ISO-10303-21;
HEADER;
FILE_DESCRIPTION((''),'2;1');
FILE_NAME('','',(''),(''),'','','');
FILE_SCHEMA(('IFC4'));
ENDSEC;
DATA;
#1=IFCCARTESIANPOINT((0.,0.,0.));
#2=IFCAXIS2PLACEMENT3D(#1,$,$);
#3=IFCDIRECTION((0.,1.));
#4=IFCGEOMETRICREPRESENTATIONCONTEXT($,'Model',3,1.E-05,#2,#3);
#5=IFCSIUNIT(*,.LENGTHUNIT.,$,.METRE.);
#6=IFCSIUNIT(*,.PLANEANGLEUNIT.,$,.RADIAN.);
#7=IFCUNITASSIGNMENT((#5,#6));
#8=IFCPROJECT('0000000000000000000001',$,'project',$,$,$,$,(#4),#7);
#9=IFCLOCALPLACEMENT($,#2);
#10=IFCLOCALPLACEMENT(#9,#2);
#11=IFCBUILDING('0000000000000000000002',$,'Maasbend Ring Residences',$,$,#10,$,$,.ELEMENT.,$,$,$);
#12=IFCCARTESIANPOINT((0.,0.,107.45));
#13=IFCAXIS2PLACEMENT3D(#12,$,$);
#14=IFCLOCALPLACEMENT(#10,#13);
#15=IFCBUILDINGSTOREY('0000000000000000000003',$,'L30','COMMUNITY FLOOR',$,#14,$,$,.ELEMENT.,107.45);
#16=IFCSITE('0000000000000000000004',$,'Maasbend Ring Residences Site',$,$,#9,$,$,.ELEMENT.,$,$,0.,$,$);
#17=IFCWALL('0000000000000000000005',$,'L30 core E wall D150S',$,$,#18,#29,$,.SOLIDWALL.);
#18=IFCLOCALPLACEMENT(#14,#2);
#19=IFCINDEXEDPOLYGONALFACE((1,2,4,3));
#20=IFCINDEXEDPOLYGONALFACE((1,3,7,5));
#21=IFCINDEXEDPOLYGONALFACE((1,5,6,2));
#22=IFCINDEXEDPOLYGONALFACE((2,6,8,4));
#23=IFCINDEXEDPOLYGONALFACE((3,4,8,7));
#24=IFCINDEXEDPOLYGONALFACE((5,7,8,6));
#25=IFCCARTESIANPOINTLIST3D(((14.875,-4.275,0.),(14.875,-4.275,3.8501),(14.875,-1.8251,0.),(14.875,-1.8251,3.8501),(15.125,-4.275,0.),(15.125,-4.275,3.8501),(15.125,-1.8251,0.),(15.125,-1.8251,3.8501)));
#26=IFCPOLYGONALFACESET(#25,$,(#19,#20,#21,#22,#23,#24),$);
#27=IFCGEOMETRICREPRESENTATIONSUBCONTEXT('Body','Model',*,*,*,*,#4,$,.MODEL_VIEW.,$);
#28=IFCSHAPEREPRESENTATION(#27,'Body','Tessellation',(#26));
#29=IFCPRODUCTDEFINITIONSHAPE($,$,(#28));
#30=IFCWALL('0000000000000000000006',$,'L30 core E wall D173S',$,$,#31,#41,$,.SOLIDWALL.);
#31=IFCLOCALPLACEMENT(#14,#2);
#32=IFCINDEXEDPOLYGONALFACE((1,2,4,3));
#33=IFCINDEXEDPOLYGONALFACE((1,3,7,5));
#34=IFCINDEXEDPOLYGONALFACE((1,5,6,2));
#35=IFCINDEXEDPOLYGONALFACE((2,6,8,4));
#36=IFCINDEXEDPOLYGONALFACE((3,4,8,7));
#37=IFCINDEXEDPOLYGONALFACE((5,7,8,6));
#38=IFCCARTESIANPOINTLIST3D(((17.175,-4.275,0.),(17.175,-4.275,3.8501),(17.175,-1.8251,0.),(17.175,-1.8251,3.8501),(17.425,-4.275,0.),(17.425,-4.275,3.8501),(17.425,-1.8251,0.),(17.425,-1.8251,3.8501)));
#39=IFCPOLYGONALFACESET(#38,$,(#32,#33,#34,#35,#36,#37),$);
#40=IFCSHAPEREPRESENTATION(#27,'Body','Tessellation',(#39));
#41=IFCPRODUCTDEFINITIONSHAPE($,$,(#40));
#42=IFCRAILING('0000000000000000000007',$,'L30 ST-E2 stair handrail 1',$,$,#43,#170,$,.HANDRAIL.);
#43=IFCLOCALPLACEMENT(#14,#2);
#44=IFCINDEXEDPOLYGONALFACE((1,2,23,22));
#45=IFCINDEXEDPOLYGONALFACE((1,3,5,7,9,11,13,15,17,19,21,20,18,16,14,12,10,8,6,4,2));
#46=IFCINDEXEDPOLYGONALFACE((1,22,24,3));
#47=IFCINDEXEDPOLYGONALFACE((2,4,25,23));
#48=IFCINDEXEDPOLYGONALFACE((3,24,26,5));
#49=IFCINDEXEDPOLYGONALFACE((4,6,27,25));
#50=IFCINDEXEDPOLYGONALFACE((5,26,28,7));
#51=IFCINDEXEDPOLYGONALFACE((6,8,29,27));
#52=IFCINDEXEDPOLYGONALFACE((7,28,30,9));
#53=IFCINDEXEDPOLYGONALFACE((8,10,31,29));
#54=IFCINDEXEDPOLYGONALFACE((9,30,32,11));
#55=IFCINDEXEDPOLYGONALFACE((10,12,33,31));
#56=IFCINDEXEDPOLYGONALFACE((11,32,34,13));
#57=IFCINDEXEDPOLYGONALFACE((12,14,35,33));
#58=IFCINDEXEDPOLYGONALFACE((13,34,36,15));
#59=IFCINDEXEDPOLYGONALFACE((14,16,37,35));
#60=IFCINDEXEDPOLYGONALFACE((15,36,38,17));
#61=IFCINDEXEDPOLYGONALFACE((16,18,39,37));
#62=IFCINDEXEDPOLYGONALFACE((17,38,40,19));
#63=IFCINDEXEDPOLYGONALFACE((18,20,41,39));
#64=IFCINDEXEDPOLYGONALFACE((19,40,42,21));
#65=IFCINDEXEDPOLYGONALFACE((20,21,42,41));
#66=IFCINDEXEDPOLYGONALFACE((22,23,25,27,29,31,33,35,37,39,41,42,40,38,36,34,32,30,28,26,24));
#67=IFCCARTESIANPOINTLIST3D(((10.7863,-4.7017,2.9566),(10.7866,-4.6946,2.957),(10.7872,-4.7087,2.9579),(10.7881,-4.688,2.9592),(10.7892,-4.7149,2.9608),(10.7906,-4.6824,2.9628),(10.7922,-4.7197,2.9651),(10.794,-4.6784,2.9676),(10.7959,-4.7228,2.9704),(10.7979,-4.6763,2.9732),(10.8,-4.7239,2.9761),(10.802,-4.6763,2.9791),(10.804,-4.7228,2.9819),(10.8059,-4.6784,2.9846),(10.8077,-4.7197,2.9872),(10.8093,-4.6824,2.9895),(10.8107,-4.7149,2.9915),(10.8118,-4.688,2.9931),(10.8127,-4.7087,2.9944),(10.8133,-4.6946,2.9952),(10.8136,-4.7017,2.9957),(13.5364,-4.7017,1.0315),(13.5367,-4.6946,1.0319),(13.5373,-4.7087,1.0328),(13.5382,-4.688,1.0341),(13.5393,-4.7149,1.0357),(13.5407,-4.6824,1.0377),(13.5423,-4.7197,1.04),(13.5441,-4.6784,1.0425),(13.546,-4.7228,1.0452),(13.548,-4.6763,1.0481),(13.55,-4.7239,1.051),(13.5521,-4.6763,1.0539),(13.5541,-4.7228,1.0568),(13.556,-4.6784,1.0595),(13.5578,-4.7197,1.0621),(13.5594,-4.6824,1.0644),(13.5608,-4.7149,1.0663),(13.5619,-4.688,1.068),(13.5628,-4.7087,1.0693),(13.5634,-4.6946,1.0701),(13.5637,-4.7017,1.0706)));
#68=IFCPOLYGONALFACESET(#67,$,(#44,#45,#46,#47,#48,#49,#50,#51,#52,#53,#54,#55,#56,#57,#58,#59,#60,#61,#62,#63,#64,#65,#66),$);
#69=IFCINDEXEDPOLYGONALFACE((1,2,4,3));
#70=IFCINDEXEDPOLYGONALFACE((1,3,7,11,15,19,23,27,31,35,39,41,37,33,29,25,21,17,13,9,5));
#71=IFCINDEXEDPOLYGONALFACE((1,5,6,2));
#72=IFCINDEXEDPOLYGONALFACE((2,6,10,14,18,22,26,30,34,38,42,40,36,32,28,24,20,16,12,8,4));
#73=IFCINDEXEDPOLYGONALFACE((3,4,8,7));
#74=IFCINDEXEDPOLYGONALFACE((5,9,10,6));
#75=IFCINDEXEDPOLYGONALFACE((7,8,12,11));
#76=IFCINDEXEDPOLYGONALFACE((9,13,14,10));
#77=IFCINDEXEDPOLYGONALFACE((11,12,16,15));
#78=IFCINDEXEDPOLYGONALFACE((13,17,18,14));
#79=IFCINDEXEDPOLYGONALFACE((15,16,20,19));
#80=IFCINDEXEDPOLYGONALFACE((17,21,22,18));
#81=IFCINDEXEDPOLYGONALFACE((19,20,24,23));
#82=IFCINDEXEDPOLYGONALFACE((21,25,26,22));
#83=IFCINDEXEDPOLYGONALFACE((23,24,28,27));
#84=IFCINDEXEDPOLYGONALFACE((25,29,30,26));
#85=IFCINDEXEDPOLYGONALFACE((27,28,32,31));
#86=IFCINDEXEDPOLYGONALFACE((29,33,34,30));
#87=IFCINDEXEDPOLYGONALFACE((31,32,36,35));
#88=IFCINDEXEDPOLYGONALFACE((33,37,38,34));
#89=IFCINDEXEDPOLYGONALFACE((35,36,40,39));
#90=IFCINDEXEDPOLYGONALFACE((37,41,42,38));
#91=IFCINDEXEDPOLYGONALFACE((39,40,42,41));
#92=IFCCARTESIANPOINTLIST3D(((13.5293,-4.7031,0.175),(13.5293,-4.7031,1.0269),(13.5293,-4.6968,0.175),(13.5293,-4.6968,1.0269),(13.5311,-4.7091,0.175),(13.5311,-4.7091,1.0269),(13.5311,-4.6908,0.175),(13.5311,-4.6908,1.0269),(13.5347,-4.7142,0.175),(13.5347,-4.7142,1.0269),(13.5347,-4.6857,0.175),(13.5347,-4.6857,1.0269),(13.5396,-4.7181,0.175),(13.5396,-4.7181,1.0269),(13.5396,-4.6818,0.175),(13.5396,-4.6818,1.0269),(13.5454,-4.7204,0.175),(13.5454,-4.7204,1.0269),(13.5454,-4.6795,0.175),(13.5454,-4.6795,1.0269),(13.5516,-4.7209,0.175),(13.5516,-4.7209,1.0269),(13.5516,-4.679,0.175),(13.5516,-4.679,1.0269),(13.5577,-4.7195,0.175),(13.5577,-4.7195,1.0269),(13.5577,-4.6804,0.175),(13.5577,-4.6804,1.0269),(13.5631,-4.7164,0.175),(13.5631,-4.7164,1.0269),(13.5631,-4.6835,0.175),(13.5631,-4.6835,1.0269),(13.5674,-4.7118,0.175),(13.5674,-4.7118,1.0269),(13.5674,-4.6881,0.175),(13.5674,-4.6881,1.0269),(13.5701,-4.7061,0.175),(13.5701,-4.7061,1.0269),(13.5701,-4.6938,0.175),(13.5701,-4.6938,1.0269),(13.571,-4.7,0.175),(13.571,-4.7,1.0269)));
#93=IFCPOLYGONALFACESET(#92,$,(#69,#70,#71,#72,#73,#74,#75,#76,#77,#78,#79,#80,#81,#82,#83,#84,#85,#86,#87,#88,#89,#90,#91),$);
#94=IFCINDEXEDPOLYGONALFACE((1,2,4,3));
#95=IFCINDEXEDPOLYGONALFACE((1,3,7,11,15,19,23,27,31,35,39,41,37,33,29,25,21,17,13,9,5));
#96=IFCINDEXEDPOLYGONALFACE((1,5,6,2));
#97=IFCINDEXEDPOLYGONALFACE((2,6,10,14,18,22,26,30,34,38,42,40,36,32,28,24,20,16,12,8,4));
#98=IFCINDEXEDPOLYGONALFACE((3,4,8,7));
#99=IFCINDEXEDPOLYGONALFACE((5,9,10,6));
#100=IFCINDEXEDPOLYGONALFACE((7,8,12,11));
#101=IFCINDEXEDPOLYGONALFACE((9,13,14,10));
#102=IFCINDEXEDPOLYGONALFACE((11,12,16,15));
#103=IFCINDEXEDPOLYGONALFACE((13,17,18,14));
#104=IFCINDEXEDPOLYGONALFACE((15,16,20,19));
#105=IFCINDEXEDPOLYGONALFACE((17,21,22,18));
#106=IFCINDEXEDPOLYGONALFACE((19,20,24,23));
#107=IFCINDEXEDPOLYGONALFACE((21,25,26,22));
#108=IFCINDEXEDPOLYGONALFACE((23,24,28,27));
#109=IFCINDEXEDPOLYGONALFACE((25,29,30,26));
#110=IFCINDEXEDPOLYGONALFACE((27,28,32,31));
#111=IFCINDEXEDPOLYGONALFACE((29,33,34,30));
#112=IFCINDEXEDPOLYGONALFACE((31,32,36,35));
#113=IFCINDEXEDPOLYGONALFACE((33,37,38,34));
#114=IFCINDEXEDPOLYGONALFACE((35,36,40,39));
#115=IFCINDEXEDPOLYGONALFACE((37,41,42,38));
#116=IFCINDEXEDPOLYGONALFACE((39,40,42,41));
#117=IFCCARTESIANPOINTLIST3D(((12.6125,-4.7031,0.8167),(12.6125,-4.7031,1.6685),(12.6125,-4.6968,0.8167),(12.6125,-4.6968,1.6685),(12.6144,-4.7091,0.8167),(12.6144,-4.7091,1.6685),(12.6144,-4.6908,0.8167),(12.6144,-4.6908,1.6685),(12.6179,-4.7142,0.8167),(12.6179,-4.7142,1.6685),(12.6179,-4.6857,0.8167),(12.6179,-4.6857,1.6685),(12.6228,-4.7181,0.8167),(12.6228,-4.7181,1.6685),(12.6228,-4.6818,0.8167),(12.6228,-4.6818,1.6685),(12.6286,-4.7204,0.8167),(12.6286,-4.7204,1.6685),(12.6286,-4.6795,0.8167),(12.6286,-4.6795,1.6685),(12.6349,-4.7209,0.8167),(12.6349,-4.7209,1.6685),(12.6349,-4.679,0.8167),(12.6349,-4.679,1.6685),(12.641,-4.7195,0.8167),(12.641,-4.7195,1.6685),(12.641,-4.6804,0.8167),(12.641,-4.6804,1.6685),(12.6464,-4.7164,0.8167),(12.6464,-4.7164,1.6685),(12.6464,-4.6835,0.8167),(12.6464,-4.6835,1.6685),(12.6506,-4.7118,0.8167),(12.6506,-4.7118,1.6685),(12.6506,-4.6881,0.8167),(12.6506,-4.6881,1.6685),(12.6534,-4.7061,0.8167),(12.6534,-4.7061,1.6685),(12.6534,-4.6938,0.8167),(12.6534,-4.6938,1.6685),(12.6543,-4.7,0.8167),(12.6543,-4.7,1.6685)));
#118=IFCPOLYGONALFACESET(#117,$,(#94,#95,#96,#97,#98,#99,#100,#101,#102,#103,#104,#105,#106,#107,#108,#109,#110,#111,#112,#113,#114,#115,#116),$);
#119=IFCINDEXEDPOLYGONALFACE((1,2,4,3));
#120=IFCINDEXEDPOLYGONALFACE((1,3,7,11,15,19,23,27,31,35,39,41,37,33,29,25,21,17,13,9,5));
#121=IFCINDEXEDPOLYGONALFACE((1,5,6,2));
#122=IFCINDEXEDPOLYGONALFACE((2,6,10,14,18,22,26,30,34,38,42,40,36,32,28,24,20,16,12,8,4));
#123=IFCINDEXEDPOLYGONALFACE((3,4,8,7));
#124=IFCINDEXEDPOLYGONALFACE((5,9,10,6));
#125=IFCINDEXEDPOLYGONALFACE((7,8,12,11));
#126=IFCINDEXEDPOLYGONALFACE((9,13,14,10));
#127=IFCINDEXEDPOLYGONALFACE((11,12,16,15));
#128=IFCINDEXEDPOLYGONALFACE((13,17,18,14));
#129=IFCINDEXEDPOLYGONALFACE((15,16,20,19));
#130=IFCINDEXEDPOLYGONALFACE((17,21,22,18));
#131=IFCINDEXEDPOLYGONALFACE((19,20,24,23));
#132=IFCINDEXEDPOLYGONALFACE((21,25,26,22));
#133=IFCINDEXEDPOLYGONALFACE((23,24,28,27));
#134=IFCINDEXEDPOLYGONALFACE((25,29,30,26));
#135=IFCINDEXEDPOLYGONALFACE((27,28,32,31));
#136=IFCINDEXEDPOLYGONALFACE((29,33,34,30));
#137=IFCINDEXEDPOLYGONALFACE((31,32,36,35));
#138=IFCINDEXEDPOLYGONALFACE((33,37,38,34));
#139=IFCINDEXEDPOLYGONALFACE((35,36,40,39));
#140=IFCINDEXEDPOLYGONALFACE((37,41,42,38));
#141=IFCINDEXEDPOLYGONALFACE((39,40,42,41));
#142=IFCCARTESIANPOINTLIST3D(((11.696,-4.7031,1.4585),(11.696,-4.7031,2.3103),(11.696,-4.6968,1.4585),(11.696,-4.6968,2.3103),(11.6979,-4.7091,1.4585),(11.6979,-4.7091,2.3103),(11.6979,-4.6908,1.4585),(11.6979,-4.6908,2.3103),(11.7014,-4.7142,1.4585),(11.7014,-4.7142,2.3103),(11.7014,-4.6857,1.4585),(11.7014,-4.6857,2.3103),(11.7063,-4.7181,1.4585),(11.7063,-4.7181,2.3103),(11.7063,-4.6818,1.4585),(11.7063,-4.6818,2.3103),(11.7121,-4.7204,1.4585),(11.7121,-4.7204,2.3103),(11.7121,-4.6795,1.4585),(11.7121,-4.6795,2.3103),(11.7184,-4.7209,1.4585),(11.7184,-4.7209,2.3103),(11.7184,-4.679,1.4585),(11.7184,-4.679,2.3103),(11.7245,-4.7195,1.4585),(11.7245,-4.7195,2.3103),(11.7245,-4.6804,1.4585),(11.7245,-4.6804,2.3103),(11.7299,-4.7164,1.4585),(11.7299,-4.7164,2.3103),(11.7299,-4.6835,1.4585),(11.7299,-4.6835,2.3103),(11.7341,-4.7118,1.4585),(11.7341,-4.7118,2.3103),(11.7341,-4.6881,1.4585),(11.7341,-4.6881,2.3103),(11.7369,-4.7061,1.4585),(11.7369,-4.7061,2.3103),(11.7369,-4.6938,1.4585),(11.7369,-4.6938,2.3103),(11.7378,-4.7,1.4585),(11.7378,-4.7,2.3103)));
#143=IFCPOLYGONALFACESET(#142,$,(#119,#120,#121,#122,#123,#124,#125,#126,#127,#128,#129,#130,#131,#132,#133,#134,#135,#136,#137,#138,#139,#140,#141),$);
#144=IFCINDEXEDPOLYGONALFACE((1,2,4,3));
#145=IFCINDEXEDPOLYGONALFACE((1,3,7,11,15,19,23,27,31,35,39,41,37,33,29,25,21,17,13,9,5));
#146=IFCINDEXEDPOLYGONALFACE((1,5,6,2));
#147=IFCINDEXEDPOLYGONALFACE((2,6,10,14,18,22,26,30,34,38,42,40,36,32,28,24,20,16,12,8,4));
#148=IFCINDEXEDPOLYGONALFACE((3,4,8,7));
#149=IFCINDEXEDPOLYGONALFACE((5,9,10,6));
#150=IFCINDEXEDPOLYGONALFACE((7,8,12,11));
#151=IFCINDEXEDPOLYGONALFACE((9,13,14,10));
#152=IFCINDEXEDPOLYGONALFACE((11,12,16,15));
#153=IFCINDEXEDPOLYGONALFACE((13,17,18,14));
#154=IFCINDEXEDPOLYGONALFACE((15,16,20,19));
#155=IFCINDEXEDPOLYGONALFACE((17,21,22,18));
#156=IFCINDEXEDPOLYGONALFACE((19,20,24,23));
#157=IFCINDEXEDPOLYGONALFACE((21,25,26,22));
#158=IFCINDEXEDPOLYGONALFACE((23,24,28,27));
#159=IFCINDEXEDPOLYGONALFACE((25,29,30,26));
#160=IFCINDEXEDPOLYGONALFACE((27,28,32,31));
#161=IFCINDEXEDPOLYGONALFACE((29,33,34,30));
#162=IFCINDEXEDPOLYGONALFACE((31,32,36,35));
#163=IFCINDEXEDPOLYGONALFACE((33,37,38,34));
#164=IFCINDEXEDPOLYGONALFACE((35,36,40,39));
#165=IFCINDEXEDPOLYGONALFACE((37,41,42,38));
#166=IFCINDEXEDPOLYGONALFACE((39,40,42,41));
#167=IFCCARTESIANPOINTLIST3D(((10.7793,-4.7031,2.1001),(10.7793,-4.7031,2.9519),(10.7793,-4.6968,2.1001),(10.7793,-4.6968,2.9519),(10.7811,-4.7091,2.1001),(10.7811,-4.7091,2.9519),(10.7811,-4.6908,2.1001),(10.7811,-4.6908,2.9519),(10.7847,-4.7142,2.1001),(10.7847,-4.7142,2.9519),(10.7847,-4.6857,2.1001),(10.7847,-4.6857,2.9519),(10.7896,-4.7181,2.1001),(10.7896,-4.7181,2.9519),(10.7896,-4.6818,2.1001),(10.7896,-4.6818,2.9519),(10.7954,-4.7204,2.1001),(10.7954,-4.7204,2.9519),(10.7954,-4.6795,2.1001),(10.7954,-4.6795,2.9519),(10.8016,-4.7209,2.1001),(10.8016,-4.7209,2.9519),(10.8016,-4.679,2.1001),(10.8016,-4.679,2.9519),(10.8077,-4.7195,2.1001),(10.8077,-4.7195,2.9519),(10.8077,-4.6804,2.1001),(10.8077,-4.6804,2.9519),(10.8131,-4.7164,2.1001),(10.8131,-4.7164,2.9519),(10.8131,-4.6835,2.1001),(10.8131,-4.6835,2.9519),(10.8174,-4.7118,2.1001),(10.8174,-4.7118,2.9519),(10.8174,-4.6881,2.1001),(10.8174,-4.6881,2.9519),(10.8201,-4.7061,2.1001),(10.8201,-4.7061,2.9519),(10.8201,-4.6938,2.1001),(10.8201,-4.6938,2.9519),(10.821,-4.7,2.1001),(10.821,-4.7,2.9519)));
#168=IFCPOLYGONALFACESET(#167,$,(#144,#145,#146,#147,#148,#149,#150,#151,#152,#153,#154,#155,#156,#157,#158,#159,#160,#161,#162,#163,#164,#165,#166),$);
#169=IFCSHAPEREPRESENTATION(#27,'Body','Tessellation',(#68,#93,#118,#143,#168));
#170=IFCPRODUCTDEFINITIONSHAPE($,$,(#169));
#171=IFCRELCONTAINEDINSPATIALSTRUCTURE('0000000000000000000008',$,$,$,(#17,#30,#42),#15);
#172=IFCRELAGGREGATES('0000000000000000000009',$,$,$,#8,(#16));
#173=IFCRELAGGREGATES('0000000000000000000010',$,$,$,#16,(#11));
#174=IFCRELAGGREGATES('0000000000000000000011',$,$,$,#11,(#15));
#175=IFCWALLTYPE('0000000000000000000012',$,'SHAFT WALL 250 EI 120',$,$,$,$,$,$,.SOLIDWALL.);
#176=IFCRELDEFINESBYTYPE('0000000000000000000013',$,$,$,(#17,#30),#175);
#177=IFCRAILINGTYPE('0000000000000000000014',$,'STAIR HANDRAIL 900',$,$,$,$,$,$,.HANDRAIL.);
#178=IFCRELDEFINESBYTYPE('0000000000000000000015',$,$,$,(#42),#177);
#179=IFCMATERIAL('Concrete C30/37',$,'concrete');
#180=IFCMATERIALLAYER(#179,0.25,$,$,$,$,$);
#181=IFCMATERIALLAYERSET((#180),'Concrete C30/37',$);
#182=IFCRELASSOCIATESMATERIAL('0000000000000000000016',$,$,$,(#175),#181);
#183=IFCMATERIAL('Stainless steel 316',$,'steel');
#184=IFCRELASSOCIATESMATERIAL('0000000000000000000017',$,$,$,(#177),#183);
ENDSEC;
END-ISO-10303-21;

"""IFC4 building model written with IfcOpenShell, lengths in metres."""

from ifc_helpers import new_model, si_unit, direction, frame, frame_2d, origin, origin_2d, place, context, subcontext, project, spatial, rectangle, circle, extrude, material, layer, layer_set, type_object, element, save


model = new_model("IFC4")

# Units and contexts
model_context = context("Model", 3, precision=1e-05, world=origin(), true_north=direction((0.0, 1.0)))
body_context = subcontext(model_context, "Body", "Model", "MODEL_VIEW")
ifc_project = project(units=[si_unit("LENGTHUNIT", "METRE"), si_unit("PLANEANGLEUNIT", "RADIAN")], contexts=[model_context])

# Site, building, storey
site_placement = place(None, origin())
site = spatial("IfcSite", under=ifc_project, at=site_placement, Name="Maasbend Ring Residences Site", CompositionType="ELEMENT", RefElevation=0.0)
building_placement = place(site_placement, origin())
building = spatial("IfcBuilding", under=site, at=building_placement, Name="Maasbend Ring Residences", CompositionType="ELEMENT")
storey_placement = place(building_placement, frame((0.0, 0.0, 107.45)))
storey = spatial("IfcBuildingStorey", under=building, at=storey_placement, Name="L30", Description="COMMUNITY FLOOR", CompositionType="ELEMENT", Elevation=107.45)

# Walls
ifc_material_1 = material(Name="Concrete C30/37", Category="concrete")
ifc_layer_1 = layer(ifc_material_1, 0.25)
ifc_layer_set_1 = layer_set([ifc_layer_1], Name="Concrete C30/37")
wall_type_1 = type_object("IfcWallType", Name="SHAFT WALL 250 EI 120", PredefinedType="SOLIDWALL", material=ifc_layer_set_1)
for number, where, z_axis, x_axis, name in (
    (1, (15.0, -1.825, 0.0), (0.0, 0.0, 1.0), (0.0, -1.0, 0.0), "L30 core E wall D150S"),
    (2, (17.3, -1.825, 0.0), (0.0, 0.0, 1.0), (0.0, -1.0, 0.0), "L30 core E wall D173S"),
):
    element("IfcWall", number, at=place(storey_placement, frame(where, z_axis=z_axis, x_axis=x_axis)), inside=storey, type_object=wall_type_1, Name=name, PredefinedType="SOLIDWALL", context=body_context, shape_type="SweptSolid", body=[
        extrude(rectangle(XDim=2.45, YDim=0.25, at=frame_2d((1.2251, 0.0))), origin(), (0.0, 0.0, 1.0), 3.8501),
    ])

# Railing
ifc_material_2 = material(Name="Stainless steel 316", Category="steel")
railing_type_1 = type_object("IfcRailingType", Name="STAIR HANDRAIL 900", PredefinedType="HANDRAIL", material=ifc_material_2)
railing_1_placement = place(storey_placement, frame((13.55, -4.7, 0.175)))
element("IfcRailing", 3, at=railing_1_placement, inside=storey, type_object=railing_type_1, Name="L30 ST-E2 stair handrail 1", PredefinedType="HANDRAIL", context=body_context, shape_type="SweptSolid", body=[
    extrude(circle(Radius=0.0239, at=origin_2d()), frame((0.0, 0.0, 0.876), z_axis=(-0.819225, 0.0, 0.573472), x_axis=(0.0, -1.0, 0.0)), (0.0, 0.0, 1.0), 3.3569),
    extrude(circle(Radius=0.021, at=origin_2d()), origin(), (0.0, 0.0, 1.0), 0.8518),
    extrude(circle(Radius=0.021, at=origin_2d()), frame((-0.9167, 0.0, 0.6416)), (0.0, 0.0, 1.0), 0.8518),
    extrude(circle(Radius=0.021, at=origin_2d()), frame((-1.8333, 0.0, 1.2834)), (0.0, 0.0, 1.0), 0.8518),
    extrude(circle(Radius=0.021, at=origin_2d()), frame((-2.75, 0.0, 1.925)), (0.0, 0.0, 1.0), 0.8518),
])

save(model, "model.ifc")
